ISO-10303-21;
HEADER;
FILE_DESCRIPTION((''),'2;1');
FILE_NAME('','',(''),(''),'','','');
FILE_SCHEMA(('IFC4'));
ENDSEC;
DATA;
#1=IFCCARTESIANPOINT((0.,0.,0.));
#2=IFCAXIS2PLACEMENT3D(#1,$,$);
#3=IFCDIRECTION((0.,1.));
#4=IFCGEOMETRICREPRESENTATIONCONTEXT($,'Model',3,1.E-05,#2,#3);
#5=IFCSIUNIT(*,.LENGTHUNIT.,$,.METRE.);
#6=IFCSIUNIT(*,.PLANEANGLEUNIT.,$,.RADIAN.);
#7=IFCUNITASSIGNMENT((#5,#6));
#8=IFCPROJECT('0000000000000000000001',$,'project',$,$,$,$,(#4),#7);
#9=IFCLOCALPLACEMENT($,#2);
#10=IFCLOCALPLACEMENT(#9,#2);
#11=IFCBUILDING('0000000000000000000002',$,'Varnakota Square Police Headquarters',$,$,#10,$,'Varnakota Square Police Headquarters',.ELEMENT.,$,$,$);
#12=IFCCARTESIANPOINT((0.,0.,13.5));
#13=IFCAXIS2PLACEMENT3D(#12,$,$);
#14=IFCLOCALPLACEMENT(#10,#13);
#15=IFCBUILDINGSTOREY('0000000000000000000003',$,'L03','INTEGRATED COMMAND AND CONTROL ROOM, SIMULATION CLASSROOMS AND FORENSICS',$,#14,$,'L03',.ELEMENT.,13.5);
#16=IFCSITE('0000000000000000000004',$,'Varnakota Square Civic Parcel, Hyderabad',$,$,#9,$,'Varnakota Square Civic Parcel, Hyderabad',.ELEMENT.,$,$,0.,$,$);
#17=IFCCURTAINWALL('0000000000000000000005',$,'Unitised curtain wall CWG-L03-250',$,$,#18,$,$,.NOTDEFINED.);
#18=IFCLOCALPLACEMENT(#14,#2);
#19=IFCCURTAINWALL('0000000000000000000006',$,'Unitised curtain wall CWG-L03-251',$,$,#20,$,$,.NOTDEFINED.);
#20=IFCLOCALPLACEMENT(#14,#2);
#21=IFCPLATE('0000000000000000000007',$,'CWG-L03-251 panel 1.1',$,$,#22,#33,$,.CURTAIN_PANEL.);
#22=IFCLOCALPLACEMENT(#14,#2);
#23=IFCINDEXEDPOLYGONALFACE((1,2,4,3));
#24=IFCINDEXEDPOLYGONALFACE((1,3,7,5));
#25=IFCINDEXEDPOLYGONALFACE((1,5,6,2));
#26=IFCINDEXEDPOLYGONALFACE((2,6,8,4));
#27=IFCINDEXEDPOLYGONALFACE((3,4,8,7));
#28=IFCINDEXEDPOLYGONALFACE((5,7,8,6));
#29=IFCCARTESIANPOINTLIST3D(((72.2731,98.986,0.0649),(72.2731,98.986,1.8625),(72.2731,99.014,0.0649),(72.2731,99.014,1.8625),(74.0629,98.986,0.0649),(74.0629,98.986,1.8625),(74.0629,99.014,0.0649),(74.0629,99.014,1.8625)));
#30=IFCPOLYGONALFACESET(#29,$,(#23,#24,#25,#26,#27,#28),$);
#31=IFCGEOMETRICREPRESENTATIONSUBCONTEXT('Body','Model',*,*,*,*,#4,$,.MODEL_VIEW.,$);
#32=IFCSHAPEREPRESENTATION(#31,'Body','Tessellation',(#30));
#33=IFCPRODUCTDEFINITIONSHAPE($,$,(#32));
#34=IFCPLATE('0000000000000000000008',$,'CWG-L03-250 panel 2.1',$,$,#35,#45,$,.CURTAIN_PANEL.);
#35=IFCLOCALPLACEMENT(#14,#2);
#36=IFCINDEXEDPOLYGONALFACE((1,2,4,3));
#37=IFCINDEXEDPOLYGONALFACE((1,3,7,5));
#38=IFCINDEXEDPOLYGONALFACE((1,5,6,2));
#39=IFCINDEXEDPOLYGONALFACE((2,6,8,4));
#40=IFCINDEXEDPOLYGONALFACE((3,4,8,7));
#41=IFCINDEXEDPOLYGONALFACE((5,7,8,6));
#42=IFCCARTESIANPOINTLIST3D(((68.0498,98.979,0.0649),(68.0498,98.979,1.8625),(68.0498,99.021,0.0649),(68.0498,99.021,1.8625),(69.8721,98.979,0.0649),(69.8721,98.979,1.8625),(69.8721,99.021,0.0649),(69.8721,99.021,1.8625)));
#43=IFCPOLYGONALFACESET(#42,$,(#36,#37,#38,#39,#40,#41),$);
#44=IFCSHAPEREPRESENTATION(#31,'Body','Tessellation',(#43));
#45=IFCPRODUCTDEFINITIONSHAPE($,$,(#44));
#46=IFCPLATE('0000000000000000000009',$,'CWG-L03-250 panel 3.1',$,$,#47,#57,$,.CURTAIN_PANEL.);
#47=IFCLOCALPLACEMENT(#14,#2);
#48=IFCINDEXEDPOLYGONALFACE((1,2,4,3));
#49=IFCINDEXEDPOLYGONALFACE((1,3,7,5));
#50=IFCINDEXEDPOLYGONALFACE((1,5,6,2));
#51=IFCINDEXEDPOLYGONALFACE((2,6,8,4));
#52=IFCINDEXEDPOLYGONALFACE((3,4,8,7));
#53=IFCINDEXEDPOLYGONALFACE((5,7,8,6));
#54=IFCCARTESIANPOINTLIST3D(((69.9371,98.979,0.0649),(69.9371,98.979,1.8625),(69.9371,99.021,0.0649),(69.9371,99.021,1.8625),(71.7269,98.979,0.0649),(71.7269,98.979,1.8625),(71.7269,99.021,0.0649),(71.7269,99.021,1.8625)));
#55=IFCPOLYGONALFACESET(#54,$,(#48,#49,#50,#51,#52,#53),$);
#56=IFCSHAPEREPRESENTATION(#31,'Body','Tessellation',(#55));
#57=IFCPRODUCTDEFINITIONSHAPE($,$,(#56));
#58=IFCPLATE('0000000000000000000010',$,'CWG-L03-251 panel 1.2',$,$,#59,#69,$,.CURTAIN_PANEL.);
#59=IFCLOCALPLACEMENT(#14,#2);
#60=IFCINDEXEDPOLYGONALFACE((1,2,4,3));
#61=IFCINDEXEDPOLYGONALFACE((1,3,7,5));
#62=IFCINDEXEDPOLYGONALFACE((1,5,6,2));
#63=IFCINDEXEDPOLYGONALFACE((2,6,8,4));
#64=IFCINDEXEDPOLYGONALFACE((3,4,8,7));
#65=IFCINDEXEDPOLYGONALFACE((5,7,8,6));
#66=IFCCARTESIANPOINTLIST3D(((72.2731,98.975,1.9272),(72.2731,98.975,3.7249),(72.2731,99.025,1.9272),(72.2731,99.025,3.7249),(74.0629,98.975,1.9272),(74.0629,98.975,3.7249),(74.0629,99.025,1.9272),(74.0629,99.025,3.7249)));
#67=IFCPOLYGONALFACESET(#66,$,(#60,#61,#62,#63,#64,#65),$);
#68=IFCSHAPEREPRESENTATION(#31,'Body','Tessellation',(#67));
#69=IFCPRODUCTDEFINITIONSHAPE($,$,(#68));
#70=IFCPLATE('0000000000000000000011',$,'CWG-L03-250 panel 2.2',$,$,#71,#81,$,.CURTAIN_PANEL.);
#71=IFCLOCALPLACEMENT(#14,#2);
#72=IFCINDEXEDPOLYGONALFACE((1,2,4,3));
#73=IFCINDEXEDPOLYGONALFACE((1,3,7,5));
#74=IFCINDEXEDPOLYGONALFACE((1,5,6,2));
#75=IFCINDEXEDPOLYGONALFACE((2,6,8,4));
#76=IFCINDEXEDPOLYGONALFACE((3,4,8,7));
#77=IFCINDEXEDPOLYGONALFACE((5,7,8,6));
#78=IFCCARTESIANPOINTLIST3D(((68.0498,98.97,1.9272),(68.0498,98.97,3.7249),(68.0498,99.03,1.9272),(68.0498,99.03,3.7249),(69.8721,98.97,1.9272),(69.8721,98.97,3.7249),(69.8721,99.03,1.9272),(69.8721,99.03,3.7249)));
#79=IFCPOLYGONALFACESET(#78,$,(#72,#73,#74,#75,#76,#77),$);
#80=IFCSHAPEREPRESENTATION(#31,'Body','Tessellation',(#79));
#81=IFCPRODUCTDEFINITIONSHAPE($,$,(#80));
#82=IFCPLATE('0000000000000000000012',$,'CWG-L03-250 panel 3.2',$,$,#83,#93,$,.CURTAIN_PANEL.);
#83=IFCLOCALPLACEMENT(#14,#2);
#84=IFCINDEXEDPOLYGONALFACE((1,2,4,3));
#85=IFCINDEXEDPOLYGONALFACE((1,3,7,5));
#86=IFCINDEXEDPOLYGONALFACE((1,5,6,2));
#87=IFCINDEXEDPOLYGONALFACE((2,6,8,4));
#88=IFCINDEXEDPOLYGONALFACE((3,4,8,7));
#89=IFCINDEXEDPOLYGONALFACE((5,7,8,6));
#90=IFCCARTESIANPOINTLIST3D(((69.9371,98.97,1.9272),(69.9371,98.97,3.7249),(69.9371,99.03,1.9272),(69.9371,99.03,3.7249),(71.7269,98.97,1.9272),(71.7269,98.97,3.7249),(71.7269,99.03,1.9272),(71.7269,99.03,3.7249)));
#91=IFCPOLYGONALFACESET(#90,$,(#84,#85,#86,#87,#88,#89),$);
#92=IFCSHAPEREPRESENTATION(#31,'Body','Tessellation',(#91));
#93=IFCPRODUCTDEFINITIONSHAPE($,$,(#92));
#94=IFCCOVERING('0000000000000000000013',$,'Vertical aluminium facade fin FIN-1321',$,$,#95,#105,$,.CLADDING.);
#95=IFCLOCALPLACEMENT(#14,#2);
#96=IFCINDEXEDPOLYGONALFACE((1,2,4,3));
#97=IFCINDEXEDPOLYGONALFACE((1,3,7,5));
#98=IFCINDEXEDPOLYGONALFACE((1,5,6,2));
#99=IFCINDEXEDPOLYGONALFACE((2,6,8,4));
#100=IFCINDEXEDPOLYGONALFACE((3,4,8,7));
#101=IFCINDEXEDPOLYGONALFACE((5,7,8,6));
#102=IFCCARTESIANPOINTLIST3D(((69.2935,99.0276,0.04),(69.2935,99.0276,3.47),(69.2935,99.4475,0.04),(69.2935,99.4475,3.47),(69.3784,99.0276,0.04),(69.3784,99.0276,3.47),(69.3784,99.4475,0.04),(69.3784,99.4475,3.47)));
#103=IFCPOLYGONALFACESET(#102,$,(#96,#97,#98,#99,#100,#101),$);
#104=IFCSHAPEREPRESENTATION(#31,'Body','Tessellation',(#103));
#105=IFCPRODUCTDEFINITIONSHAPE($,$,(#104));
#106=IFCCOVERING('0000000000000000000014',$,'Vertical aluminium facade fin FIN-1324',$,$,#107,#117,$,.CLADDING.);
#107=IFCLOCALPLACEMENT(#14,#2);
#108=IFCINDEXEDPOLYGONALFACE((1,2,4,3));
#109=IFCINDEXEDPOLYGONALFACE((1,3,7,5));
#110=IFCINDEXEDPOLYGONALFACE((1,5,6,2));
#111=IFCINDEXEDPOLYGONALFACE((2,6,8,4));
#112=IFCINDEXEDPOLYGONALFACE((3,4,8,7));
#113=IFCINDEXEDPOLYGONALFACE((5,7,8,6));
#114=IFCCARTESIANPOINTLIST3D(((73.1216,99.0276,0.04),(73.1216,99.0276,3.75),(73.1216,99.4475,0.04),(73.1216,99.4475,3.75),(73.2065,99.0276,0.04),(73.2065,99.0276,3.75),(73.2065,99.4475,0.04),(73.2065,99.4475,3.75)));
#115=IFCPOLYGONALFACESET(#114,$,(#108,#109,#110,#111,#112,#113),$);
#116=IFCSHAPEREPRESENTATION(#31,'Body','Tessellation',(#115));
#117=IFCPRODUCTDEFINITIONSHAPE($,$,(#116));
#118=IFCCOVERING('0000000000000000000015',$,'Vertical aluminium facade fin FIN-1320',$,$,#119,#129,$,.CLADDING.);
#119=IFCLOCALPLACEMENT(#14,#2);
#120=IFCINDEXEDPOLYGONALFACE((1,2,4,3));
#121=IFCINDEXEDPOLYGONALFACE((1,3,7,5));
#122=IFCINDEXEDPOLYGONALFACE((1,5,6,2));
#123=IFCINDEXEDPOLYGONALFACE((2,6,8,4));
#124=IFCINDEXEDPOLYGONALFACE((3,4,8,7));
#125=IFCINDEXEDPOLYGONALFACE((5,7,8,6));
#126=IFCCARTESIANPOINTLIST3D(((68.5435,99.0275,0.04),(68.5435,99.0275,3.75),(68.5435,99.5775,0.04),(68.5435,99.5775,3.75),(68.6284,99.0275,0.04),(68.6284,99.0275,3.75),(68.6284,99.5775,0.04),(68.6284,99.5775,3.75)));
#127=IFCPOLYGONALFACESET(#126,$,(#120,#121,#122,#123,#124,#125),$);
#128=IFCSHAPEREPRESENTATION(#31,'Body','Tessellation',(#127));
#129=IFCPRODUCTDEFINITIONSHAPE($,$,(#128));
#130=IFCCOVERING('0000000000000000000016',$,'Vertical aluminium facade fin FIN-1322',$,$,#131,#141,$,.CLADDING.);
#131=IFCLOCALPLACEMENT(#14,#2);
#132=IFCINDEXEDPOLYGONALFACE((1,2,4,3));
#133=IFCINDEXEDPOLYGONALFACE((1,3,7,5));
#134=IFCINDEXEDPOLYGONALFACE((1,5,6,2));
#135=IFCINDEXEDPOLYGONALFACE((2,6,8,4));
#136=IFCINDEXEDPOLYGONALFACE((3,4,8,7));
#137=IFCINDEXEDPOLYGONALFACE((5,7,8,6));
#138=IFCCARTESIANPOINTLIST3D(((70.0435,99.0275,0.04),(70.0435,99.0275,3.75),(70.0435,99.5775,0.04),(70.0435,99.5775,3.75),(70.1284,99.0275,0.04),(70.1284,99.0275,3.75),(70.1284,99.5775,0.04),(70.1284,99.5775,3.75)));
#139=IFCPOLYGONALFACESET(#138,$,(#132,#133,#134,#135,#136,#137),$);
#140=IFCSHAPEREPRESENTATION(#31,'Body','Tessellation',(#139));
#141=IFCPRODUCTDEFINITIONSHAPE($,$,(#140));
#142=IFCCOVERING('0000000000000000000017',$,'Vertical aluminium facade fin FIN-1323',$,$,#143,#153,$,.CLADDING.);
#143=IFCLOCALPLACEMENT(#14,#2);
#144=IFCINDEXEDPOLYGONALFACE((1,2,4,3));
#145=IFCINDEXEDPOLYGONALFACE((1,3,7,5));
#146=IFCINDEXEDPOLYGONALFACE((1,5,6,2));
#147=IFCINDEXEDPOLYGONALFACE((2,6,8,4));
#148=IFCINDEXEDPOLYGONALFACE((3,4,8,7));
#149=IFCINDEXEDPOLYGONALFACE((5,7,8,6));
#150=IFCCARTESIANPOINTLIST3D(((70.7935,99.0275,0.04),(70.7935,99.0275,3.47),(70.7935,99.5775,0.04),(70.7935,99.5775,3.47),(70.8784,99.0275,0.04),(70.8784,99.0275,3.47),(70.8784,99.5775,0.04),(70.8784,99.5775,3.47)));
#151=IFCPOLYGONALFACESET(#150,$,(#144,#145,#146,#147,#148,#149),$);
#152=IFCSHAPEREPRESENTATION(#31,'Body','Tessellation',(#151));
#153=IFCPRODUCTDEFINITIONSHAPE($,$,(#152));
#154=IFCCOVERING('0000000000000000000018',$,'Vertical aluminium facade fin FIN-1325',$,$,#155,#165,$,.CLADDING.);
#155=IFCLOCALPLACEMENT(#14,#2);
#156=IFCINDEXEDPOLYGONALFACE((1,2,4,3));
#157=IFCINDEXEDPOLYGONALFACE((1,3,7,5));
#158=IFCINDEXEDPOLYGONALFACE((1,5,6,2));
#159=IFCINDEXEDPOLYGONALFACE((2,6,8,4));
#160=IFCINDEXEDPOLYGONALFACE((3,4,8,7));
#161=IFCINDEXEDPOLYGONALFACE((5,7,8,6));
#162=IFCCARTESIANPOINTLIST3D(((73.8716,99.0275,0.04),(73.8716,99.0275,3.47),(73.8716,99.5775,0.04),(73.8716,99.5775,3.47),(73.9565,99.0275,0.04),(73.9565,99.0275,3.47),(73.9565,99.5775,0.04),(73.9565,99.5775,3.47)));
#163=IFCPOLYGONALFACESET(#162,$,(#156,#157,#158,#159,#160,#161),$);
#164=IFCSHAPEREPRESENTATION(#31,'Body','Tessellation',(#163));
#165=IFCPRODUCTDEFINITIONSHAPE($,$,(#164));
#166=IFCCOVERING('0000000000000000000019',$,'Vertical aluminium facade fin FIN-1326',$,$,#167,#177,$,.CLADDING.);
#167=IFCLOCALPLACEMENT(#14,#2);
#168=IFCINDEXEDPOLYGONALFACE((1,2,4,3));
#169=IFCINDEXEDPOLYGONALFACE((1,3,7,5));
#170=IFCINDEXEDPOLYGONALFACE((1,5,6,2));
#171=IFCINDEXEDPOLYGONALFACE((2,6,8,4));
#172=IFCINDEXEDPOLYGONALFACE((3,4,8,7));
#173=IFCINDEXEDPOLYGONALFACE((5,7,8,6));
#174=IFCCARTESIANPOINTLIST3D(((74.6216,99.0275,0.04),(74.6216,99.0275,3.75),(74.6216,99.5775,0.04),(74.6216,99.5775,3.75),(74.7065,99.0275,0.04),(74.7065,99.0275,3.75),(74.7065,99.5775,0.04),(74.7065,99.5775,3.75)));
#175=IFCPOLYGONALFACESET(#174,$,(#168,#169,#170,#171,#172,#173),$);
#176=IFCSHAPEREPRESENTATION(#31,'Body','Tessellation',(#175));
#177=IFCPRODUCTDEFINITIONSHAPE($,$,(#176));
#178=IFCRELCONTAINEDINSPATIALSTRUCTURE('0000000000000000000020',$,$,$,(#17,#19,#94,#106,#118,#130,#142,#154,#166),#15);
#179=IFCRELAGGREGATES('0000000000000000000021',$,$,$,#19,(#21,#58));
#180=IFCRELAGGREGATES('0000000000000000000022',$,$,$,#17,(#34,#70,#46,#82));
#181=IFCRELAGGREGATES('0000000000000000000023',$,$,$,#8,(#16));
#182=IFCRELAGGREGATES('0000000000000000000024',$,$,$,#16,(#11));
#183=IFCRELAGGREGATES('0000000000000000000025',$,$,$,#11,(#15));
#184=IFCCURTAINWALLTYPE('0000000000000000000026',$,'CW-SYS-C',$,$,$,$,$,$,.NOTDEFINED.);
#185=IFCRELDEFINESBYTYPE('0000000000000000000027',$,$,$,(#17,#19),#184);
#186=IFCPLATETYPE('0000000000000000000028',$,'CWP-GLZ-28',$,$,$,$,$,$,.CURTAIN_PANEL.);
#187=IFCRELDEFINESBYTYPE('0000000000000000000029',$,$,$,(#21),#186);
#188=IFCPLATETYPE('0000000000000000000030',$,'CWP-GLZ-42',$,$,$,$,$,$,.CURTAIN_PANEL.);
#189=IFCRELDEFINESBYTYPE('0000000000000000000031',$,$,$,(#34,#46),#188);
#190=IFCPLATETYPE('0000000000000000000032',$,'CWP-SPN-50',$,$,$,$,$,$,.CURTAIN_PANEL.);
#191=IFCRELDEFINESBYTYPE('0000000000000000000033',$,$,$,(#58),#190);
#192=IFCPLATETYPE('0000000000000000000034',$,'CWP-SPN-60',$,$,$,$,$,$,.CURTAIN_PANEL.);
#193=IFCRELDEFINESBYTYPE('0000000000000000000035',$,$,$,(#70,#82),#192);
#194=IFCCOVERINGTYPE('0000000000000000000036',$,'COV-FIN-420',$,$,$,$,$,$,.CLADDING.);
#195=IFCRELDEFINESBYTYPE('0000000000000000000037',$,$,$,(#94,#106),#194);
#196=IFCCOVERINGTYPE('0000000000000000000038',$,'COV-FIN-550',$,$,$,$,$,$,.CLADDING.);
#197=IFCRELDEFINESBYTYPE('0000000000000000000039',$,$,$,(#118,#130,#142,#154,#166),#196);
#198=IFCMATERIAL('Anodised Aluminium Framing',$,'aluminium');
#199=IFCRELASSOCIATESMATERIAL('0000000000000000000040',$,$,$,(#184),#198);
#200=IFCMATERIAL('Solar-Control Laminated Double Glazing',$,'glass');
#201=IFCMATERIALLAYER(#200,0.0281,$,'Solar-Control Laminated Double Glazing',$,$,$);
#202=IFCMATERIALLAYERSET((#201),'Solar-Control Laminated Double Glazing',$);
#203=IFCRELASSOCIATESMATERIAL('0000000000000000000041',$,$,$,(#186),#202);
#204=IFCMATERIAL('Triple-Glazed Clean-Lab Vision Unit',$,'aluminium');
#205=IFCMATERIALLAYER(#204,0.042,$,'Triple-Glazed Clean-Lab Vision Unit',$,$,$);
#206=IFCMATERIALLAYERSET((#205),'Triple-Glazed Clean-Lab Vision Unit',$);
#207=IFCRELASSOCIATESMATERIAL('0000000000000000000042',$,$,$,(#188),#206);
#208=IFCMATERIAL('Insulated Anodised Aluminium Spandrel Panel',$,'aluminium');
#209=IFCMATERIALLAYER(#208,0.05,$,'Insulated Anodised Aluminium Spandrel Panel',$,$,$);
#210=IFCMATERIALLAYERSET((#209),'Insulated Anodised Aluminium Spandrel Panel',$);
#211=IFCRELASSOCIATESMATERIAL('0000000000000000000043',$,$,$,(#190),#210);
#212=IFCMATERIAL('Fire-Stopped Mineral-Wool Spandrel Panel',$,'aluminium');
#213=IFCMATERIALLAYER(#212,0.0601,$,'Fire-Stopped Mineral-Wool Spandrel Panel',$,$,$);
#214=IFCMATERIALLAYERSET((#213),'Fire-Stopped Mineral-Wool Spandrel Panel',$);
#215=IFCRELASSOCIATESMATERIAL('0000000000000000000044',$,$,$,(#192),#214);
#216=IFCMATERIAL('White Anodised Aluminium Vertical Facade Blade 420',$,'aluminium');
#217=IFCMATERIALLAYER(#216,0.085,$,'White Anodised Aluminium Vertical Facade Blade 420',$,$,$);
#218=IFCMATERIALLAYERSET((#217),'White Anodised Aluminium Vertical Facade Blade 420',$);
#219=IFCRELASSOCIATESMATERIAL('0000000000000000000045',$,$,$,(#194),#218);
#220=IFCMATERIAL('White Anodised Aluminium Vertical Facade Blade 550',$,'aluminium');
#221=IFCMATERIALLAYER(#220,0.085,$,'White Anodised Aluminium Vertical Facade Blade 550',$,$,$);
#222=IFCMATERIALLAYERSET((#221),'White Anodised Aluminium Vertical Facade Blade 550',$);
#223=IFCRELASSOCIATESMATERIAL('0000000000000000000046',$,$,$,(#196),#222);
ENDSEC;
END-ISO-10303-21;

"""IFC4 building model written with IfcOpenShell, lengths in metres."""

from ifc_helpers import new_model, si_unit, direction, frame, origin, origin_2d, place, context, subcontext, project, spatial, rectangle, extrude, material, layer, layer_set, type_object, element, aggregate, save


model = new_model("IFC4")

# Units and contexts
model_context = context("Model", 3, precision=1e-05, world=origin(), true_north=direction((0.0, 1.0)))
body_context = subcontext(model_context, "Body", "Model", "MODEL_VIEW")
ifc_project = project(units=[si_unit("LENGTHUNIT", "METRE"), si_unit("PLANEANGLEUNIT", "RADIAN")], contexts=[model_context])

# Site, building, storey
site_placement = place(None, origin())
site = spatial("IfcSite", under=ifc_project, at=site_placement, Name="Varnakota Square Civic Parcel, Hyderabad", LongName="Varnakota Square Civic Parcel, Hyderabad", CompositionType="ELEMENT", RefElevation=0.0)
building_placement = place(site_placement, origin())
building = spatial("IfcBuilding", under=site, at=building_placement, Name="Varnakota Square Police Headquarters", LongName="Varnakota Square Police Headquarters", CompositionType="ELEMENT")
storey_placement = place(building_placement, frame((0.0, 0.0, 13.5)))
storey = spatial("IfcBuildingStorey", under=building, at=storey_placement, Name="L03", Description="INTEGRATED COMMAND AND CONTROL ROOM, SIMULATION CLASSROOMS AND FORENSICS", LongName="L03", CompositionType="ELEMENT", Elevation=13.5)

# Curtain walls
ifc_material_1 = material(Name="Anodised Aluminium Framing", Category="aluminium")
curtain_wall_type = type_object("IfcCurtainWallType", Name="CW-SYS-C", PredefinedType="NOTDEFINED", material=ifc_material_1)
curtain_wall_1_placement = place(storey_placement, origin())
curtain_wall_1 = element("IfcCurtainWall", 1, at=curtain_wall_1_placement, inside=storey, type_object=curtain_wall_type, Name="Unitised curtain wall CWG-L03-250", PredefinedType="NOTDEFINED")
curtain_wall_2_placement = place(storey_placement, origin())
curtain_wall_2 = element("IfcCurtainWall", 2, at=curtain_wall_2_placement, inside=storey, type_object=curtain_wall_type, Name="Unitised curtain wall CWG-L03-251", PredefinedType="NOTDEFINED")

# Plates
ifc_material_2 = material(Name="Solar-Control Laminated Double Glazing", Category="glass")
ifc_layer_1 = layer(ifc_material_2, 0.0281, Name="Solar-Control Laminated Double Glazing")
ifc_layer_set_1 = layer_set([ifc_layer_1], Name="Solar-Control Laminated Double Glazing")
plate_type_1 = type_object("IfcPlateType", Name="CWP-GLZ-28", PredefinedType="CURTAIN_PANEL", material=ifc_layer_set_1)
plate_1_placement = place(storey_placement, frame((73.168, 99.0, 0.0649), z_axis=(0.0, 0.0, 1.0), x_axis=(1.0, 0.0, 0.0)))
plate_1 = element("IfcPlate", 3, at=plate_1_placement, type_object=plate_type_1, Name="CWG-L03-251 panel 1.1", PredefinedType="CURTAIN_PANEL", context=body_context, shape_type="SweptSolid", body=[
    extrude(rectangle(XDim=1.7898, YDim=0.0281, at=origin_2d()), origin(), (0.0, 0.0, 1.0), 1.7976),
])
ifc_material_3 = material(Name="Triple-Glazed Clean-Lab Vision Unit", Category="aluminium")
ifc_layer_2 = layer(ifc_material_3, 0.042, Name="Triple-Glazed Clean-Lab Vision Unit")
ifc_layer_set_2 = layer_set([ifc_layer_2], Name="Triple-Glazed Clean-Lab Vision Unit")
plate_type_2 = type_object("IfcPlateType", Name="CWP-GLZ-42", PredefinedType="CURTAIN_PANEL", material=ifc_layer_set_2)
plate_2_placement = place(storey_placement, frame((68.9609, 99.0, 0.0649), z_axis=(0.0, 0.0, 1.0), x_axis=(1.0, 0.0, 0.0)))
plate_2 = element("IfcPlate", 4, at=plate_2_placement, type_object=plate_type_2, Name="CWG-L03-250 panel 2.1", PredefinedType="CURTAIN_PANEL", context=body_context, shape_type="SweptSolid", body=[
    extrude(rectangle(XDim=1.8223, YDim=0.042, at=origin_2d()), origin(), (0.0, 0.0, 1.0), 1.7976),
])
plate_3_placement = place(storey_placement, frame((70.832, 99.0, 0.0649), z_axis=(0.0, 0.0, 1.0), x_axis=(1.0, 0.0, 0.0)))
plate_3 = element("IfcPlate", 5, at=plate_3_placement, type_object=plate_type_2, Name="CWG-L03-250 panel 3.1", PredefinedType="CURTAIN_PANEL", context=body_context, shape_type="SweptSolid", body=[
    extrude(rectangle(XDim=1.7898, YDim=0.042, at=origin_2d()), origin(), (0.0, 0.0, 1.0), 1.7976),
])
ifc_material_4 = material(Name="Insulated Anodised Aluminium Spandrel Panel", Category="aluminium")
ifc_layer_3 = layer(ifc_material_4, 0.05, Name="Insulated Anodised Aluminium Spandrel Panel")
ifc_layer_set_3 = layer_set([ifc_layer_3], Name="Insulated Anodised Aluminium Spandrel Panel")
plate_type_3 = type_object("IfcPlateType", Name="CWP-SPN-50", PredefinedType="CURTAIN_PANEL", material=ifc_layer_set_3)
plate_4_placement = place(storey_placement, frame((73.168, 99.0, 1.9272), z_axis=(0.0, 0.0, 1.0), x_axis=(1.0, 0.0, 0.0)))
plate_4 = element("IfcPlate", 6, at=plate_4_placement, type_object=plate_type_3, Name="CWG-L03-251 panel 1.2", PredefinedType="CURTAIN_PANEL", context=body_context, shape_type="SweptSolid", body=[
    extrude(rectangle(XDim=1.7898, YDim=0.05, at=origin_2d()), origin(), (0.0, 0.0, 1.0), 1.7976),
])
aggregate(curtain_wall_2, [plate_1, plate_4])
ifc_material_5 = material(Name="Fire-Stopped Mineral-Wool Spandrel Panel", Category="aluminium")
ifc_layer_4 = layer(ifc_material_5, 0.0601, Name="Fire-Stopped Mineral-Wool Spandrel Panel")
ifc_layer_set_4 = layer_set([ifc_layer_4], Name="Fire-Stopped Mineral-Wool Spandrel Panel")
plate_type_4 = type_object("IfcPlateType", Name="CWP-SPN-60", PredefinedType="CURTAIN_PANEL", material=ifc_layer_set_4)
plate_5_placement = place(storey_placement, frame((68.9609, 99.0, 1.9272), z_axis=(0.0, 0.0, 1.0), x_axis=(1.0, 0.0, 0.0)))
plate_5 = element("IfcPlate", 7, at=plate_5_placement, type_object=plate_type_4, Name="CWG-L03-250 panel 2.2", PredefinedType="CURTAIN_PANEL", context=body_context, shape_type="SweptSolid", body=[
    extrude(rectangle(XDim=1.8223, YDim=0.0601, at=origin_2d()), origin(), (0.0, 0.0, 1.0), 1.7976),
])
plate_6_placement = place(storey_placement, frame((70.832, 99.0, 1.9272), z_axis=(0.0, 0.0, 1.0), x_axis=(1.0, 0.0, 0.0)))
plate_6 = element("IfcPlate", 8, at=plate_6_placement, type_object=plate_type_4, Name="CWG-L03-250 panel 3.2", PredefinedType="CURTAIN_PANEL", context=body_context, shape_type="SweptSolid", body=[
    extrude(rectangle(XDim=1.7898, YDim=0.0601, at=origin_2d()), origin(), (0.0, 0.0, 1.0), 1.7976),
])
aggregate(curtain_wall_1, [plate_2, plate_5, plate_3, plate_6])

# Coverings
ifc_material_6 = material(Name="White Anodised Aluminium Vertical Facade Blade 420", Category="aluminium")
ifc_layer_5 = layer(ifc_material_6, 0.085, Name="White Anodised Aluminium Vertical Facade Blade 420")
ifc_layer_set_5 = layer_set([ifc_layer_5], Name="White Anodised Aluminium Vertical Facade Blade 420")
covering_type_1 = type_object("IfcCoveringType", Name="COV-FIN-420", PredefinedType="CLADDING", material=ifc_layer_set_5)
covering_1_placement = place(storey_placement, frame((69.3359, 99.2375, 0.04), z_axis=(0.0, 0.0, 1.0), x_axis=(1.0, 0.0, 0.0)))
element("IfcCovering", 9, at=covering_1_placement, inside=storey, type_object=covering_type_1, Name="Vertical aluminium facade fin FIN-1321", PredefinedType="CLADDING", context=body_context, shape_type="SweptSolid", body=[
    extrude(rectangle(XDim=0.085, YDim=0.4199, at=origin_2d()), origin(), (0.0, 0.0, 1.0), 3.4299),
])
covering_2_placement = place(storey_placement, frame((73.1641, 99.2375, 0.04), z_axis=(0.0, 0.0, 1.0), x_axis=(1.0, 0.0, 0.0)))
element("IfcCovering", 10, at=covering_2_placement, inside=storey, type_object=covering_type_1, Name="Vertical aluminium facade fin FIN-1324", PredefinedType="CLADDING", context=body_context, shape_type="SweptSolid", body=[
    extrude(rectangle(XDim=0.085, YDim=0.4199, at=origin_2d()), origin(), (0.0, 0.0, 1.0), 3.71),
])
ifc_material_7 = material(Name="White Anodised Aluminium Vertical Facade Blade 550", Category="aluminium")
ifc_layer_6 = layer(ifc_material_7, 0.085, Name="White Anodised Aluminium Vertical Facade Blade 550")
ifc_layer_set_6 = layer_set([ifc_layer_6], Name="White Anodised Aluminium Vertical Facade Blade 550")
covering_type_2 = type_object("IfcCoveringType", Name="COV-FIN-550", PredefinedType="CLADDING", material=ifc_layer_set_6)
for number, where, z_axis, x_axis, name in (
    (11, (68.5859, 99.3025, 0.04), (0.0, 0.0, 1.0), (1.0, 0.0, 0.0), "Vertical aluminium facade fin FIN-1320"),
    (12, (70.0859, 99.3025, 0.04), (0.0, 0.0, 1.0), (1.0, 0.0, 0.0), "Vertical aluminium facade fin FIN-1322"),
):
    element("IfcCovering", number, at=place(storey_placement, frame(where, z_axis=z_axis, x_axis=x_axis)), inside=storey, type_object=covering_type_2, Name=name, PredefinedType="CLADDING", context=body_context, shape_type="SweptSolid", body=[
        extrude(rectangle(XDim=0.085, YDim=0.55, at=origin_2d()), origin(), (0.0, 0.0, 1.0), 3.71),
    ])
for number, where, z_axis, x_axis, name in (
    (13, (70.8359, 99.3025, 0.04), (0.0, 0.0, 1.0), (1.0, 0.0, 0.0), "Vertical aluminium facade fin FIN-1323"),
    (14, (73.9141, 99.3025, 0.04), (0.0, 0.0, 1.0), (1.0, 0.0, 0.0), "Vertical aluminium facade fin FIN-1325"),
):
    element("IfcCovering", number, at=place(storey_placement, frame(where, z_axis=z_axis, x_axis=x_axis)), inside=storey, type_object=covering_type_2, Name=name, PredefinedType="CLADDING", context=body_context, shape_type="SweptSolid", body=[
        extrude(rectangle(XDim=0.085, YDim=0.55, at=origin_2d()), origin(), (0.0, 0.0, 1.0), 3.4299),
    ])
covering_3_placement = place(storey_placement, frame((74.6641, 99.3025, 0.04), z_axis=(0.0, 0.0, 1.0), x_axis=(1.0, 0.0, 0.0)))
element("IfcCovering", 15, at=covering_3_placement, inside=storey, type_object=covering_type_2, Name="Vertical aluminium facade fin FIN-1326", PredefinedType="CLADDING", context=body_context, shape_type="SweptSolid", body=[
    extrude(rectangle(XDim=0.085, YDim=0.55, at=origin_2d()), origin(), (0.0, 0.0, 1.0), 3.71),
])

save(model, "model.ifc")
